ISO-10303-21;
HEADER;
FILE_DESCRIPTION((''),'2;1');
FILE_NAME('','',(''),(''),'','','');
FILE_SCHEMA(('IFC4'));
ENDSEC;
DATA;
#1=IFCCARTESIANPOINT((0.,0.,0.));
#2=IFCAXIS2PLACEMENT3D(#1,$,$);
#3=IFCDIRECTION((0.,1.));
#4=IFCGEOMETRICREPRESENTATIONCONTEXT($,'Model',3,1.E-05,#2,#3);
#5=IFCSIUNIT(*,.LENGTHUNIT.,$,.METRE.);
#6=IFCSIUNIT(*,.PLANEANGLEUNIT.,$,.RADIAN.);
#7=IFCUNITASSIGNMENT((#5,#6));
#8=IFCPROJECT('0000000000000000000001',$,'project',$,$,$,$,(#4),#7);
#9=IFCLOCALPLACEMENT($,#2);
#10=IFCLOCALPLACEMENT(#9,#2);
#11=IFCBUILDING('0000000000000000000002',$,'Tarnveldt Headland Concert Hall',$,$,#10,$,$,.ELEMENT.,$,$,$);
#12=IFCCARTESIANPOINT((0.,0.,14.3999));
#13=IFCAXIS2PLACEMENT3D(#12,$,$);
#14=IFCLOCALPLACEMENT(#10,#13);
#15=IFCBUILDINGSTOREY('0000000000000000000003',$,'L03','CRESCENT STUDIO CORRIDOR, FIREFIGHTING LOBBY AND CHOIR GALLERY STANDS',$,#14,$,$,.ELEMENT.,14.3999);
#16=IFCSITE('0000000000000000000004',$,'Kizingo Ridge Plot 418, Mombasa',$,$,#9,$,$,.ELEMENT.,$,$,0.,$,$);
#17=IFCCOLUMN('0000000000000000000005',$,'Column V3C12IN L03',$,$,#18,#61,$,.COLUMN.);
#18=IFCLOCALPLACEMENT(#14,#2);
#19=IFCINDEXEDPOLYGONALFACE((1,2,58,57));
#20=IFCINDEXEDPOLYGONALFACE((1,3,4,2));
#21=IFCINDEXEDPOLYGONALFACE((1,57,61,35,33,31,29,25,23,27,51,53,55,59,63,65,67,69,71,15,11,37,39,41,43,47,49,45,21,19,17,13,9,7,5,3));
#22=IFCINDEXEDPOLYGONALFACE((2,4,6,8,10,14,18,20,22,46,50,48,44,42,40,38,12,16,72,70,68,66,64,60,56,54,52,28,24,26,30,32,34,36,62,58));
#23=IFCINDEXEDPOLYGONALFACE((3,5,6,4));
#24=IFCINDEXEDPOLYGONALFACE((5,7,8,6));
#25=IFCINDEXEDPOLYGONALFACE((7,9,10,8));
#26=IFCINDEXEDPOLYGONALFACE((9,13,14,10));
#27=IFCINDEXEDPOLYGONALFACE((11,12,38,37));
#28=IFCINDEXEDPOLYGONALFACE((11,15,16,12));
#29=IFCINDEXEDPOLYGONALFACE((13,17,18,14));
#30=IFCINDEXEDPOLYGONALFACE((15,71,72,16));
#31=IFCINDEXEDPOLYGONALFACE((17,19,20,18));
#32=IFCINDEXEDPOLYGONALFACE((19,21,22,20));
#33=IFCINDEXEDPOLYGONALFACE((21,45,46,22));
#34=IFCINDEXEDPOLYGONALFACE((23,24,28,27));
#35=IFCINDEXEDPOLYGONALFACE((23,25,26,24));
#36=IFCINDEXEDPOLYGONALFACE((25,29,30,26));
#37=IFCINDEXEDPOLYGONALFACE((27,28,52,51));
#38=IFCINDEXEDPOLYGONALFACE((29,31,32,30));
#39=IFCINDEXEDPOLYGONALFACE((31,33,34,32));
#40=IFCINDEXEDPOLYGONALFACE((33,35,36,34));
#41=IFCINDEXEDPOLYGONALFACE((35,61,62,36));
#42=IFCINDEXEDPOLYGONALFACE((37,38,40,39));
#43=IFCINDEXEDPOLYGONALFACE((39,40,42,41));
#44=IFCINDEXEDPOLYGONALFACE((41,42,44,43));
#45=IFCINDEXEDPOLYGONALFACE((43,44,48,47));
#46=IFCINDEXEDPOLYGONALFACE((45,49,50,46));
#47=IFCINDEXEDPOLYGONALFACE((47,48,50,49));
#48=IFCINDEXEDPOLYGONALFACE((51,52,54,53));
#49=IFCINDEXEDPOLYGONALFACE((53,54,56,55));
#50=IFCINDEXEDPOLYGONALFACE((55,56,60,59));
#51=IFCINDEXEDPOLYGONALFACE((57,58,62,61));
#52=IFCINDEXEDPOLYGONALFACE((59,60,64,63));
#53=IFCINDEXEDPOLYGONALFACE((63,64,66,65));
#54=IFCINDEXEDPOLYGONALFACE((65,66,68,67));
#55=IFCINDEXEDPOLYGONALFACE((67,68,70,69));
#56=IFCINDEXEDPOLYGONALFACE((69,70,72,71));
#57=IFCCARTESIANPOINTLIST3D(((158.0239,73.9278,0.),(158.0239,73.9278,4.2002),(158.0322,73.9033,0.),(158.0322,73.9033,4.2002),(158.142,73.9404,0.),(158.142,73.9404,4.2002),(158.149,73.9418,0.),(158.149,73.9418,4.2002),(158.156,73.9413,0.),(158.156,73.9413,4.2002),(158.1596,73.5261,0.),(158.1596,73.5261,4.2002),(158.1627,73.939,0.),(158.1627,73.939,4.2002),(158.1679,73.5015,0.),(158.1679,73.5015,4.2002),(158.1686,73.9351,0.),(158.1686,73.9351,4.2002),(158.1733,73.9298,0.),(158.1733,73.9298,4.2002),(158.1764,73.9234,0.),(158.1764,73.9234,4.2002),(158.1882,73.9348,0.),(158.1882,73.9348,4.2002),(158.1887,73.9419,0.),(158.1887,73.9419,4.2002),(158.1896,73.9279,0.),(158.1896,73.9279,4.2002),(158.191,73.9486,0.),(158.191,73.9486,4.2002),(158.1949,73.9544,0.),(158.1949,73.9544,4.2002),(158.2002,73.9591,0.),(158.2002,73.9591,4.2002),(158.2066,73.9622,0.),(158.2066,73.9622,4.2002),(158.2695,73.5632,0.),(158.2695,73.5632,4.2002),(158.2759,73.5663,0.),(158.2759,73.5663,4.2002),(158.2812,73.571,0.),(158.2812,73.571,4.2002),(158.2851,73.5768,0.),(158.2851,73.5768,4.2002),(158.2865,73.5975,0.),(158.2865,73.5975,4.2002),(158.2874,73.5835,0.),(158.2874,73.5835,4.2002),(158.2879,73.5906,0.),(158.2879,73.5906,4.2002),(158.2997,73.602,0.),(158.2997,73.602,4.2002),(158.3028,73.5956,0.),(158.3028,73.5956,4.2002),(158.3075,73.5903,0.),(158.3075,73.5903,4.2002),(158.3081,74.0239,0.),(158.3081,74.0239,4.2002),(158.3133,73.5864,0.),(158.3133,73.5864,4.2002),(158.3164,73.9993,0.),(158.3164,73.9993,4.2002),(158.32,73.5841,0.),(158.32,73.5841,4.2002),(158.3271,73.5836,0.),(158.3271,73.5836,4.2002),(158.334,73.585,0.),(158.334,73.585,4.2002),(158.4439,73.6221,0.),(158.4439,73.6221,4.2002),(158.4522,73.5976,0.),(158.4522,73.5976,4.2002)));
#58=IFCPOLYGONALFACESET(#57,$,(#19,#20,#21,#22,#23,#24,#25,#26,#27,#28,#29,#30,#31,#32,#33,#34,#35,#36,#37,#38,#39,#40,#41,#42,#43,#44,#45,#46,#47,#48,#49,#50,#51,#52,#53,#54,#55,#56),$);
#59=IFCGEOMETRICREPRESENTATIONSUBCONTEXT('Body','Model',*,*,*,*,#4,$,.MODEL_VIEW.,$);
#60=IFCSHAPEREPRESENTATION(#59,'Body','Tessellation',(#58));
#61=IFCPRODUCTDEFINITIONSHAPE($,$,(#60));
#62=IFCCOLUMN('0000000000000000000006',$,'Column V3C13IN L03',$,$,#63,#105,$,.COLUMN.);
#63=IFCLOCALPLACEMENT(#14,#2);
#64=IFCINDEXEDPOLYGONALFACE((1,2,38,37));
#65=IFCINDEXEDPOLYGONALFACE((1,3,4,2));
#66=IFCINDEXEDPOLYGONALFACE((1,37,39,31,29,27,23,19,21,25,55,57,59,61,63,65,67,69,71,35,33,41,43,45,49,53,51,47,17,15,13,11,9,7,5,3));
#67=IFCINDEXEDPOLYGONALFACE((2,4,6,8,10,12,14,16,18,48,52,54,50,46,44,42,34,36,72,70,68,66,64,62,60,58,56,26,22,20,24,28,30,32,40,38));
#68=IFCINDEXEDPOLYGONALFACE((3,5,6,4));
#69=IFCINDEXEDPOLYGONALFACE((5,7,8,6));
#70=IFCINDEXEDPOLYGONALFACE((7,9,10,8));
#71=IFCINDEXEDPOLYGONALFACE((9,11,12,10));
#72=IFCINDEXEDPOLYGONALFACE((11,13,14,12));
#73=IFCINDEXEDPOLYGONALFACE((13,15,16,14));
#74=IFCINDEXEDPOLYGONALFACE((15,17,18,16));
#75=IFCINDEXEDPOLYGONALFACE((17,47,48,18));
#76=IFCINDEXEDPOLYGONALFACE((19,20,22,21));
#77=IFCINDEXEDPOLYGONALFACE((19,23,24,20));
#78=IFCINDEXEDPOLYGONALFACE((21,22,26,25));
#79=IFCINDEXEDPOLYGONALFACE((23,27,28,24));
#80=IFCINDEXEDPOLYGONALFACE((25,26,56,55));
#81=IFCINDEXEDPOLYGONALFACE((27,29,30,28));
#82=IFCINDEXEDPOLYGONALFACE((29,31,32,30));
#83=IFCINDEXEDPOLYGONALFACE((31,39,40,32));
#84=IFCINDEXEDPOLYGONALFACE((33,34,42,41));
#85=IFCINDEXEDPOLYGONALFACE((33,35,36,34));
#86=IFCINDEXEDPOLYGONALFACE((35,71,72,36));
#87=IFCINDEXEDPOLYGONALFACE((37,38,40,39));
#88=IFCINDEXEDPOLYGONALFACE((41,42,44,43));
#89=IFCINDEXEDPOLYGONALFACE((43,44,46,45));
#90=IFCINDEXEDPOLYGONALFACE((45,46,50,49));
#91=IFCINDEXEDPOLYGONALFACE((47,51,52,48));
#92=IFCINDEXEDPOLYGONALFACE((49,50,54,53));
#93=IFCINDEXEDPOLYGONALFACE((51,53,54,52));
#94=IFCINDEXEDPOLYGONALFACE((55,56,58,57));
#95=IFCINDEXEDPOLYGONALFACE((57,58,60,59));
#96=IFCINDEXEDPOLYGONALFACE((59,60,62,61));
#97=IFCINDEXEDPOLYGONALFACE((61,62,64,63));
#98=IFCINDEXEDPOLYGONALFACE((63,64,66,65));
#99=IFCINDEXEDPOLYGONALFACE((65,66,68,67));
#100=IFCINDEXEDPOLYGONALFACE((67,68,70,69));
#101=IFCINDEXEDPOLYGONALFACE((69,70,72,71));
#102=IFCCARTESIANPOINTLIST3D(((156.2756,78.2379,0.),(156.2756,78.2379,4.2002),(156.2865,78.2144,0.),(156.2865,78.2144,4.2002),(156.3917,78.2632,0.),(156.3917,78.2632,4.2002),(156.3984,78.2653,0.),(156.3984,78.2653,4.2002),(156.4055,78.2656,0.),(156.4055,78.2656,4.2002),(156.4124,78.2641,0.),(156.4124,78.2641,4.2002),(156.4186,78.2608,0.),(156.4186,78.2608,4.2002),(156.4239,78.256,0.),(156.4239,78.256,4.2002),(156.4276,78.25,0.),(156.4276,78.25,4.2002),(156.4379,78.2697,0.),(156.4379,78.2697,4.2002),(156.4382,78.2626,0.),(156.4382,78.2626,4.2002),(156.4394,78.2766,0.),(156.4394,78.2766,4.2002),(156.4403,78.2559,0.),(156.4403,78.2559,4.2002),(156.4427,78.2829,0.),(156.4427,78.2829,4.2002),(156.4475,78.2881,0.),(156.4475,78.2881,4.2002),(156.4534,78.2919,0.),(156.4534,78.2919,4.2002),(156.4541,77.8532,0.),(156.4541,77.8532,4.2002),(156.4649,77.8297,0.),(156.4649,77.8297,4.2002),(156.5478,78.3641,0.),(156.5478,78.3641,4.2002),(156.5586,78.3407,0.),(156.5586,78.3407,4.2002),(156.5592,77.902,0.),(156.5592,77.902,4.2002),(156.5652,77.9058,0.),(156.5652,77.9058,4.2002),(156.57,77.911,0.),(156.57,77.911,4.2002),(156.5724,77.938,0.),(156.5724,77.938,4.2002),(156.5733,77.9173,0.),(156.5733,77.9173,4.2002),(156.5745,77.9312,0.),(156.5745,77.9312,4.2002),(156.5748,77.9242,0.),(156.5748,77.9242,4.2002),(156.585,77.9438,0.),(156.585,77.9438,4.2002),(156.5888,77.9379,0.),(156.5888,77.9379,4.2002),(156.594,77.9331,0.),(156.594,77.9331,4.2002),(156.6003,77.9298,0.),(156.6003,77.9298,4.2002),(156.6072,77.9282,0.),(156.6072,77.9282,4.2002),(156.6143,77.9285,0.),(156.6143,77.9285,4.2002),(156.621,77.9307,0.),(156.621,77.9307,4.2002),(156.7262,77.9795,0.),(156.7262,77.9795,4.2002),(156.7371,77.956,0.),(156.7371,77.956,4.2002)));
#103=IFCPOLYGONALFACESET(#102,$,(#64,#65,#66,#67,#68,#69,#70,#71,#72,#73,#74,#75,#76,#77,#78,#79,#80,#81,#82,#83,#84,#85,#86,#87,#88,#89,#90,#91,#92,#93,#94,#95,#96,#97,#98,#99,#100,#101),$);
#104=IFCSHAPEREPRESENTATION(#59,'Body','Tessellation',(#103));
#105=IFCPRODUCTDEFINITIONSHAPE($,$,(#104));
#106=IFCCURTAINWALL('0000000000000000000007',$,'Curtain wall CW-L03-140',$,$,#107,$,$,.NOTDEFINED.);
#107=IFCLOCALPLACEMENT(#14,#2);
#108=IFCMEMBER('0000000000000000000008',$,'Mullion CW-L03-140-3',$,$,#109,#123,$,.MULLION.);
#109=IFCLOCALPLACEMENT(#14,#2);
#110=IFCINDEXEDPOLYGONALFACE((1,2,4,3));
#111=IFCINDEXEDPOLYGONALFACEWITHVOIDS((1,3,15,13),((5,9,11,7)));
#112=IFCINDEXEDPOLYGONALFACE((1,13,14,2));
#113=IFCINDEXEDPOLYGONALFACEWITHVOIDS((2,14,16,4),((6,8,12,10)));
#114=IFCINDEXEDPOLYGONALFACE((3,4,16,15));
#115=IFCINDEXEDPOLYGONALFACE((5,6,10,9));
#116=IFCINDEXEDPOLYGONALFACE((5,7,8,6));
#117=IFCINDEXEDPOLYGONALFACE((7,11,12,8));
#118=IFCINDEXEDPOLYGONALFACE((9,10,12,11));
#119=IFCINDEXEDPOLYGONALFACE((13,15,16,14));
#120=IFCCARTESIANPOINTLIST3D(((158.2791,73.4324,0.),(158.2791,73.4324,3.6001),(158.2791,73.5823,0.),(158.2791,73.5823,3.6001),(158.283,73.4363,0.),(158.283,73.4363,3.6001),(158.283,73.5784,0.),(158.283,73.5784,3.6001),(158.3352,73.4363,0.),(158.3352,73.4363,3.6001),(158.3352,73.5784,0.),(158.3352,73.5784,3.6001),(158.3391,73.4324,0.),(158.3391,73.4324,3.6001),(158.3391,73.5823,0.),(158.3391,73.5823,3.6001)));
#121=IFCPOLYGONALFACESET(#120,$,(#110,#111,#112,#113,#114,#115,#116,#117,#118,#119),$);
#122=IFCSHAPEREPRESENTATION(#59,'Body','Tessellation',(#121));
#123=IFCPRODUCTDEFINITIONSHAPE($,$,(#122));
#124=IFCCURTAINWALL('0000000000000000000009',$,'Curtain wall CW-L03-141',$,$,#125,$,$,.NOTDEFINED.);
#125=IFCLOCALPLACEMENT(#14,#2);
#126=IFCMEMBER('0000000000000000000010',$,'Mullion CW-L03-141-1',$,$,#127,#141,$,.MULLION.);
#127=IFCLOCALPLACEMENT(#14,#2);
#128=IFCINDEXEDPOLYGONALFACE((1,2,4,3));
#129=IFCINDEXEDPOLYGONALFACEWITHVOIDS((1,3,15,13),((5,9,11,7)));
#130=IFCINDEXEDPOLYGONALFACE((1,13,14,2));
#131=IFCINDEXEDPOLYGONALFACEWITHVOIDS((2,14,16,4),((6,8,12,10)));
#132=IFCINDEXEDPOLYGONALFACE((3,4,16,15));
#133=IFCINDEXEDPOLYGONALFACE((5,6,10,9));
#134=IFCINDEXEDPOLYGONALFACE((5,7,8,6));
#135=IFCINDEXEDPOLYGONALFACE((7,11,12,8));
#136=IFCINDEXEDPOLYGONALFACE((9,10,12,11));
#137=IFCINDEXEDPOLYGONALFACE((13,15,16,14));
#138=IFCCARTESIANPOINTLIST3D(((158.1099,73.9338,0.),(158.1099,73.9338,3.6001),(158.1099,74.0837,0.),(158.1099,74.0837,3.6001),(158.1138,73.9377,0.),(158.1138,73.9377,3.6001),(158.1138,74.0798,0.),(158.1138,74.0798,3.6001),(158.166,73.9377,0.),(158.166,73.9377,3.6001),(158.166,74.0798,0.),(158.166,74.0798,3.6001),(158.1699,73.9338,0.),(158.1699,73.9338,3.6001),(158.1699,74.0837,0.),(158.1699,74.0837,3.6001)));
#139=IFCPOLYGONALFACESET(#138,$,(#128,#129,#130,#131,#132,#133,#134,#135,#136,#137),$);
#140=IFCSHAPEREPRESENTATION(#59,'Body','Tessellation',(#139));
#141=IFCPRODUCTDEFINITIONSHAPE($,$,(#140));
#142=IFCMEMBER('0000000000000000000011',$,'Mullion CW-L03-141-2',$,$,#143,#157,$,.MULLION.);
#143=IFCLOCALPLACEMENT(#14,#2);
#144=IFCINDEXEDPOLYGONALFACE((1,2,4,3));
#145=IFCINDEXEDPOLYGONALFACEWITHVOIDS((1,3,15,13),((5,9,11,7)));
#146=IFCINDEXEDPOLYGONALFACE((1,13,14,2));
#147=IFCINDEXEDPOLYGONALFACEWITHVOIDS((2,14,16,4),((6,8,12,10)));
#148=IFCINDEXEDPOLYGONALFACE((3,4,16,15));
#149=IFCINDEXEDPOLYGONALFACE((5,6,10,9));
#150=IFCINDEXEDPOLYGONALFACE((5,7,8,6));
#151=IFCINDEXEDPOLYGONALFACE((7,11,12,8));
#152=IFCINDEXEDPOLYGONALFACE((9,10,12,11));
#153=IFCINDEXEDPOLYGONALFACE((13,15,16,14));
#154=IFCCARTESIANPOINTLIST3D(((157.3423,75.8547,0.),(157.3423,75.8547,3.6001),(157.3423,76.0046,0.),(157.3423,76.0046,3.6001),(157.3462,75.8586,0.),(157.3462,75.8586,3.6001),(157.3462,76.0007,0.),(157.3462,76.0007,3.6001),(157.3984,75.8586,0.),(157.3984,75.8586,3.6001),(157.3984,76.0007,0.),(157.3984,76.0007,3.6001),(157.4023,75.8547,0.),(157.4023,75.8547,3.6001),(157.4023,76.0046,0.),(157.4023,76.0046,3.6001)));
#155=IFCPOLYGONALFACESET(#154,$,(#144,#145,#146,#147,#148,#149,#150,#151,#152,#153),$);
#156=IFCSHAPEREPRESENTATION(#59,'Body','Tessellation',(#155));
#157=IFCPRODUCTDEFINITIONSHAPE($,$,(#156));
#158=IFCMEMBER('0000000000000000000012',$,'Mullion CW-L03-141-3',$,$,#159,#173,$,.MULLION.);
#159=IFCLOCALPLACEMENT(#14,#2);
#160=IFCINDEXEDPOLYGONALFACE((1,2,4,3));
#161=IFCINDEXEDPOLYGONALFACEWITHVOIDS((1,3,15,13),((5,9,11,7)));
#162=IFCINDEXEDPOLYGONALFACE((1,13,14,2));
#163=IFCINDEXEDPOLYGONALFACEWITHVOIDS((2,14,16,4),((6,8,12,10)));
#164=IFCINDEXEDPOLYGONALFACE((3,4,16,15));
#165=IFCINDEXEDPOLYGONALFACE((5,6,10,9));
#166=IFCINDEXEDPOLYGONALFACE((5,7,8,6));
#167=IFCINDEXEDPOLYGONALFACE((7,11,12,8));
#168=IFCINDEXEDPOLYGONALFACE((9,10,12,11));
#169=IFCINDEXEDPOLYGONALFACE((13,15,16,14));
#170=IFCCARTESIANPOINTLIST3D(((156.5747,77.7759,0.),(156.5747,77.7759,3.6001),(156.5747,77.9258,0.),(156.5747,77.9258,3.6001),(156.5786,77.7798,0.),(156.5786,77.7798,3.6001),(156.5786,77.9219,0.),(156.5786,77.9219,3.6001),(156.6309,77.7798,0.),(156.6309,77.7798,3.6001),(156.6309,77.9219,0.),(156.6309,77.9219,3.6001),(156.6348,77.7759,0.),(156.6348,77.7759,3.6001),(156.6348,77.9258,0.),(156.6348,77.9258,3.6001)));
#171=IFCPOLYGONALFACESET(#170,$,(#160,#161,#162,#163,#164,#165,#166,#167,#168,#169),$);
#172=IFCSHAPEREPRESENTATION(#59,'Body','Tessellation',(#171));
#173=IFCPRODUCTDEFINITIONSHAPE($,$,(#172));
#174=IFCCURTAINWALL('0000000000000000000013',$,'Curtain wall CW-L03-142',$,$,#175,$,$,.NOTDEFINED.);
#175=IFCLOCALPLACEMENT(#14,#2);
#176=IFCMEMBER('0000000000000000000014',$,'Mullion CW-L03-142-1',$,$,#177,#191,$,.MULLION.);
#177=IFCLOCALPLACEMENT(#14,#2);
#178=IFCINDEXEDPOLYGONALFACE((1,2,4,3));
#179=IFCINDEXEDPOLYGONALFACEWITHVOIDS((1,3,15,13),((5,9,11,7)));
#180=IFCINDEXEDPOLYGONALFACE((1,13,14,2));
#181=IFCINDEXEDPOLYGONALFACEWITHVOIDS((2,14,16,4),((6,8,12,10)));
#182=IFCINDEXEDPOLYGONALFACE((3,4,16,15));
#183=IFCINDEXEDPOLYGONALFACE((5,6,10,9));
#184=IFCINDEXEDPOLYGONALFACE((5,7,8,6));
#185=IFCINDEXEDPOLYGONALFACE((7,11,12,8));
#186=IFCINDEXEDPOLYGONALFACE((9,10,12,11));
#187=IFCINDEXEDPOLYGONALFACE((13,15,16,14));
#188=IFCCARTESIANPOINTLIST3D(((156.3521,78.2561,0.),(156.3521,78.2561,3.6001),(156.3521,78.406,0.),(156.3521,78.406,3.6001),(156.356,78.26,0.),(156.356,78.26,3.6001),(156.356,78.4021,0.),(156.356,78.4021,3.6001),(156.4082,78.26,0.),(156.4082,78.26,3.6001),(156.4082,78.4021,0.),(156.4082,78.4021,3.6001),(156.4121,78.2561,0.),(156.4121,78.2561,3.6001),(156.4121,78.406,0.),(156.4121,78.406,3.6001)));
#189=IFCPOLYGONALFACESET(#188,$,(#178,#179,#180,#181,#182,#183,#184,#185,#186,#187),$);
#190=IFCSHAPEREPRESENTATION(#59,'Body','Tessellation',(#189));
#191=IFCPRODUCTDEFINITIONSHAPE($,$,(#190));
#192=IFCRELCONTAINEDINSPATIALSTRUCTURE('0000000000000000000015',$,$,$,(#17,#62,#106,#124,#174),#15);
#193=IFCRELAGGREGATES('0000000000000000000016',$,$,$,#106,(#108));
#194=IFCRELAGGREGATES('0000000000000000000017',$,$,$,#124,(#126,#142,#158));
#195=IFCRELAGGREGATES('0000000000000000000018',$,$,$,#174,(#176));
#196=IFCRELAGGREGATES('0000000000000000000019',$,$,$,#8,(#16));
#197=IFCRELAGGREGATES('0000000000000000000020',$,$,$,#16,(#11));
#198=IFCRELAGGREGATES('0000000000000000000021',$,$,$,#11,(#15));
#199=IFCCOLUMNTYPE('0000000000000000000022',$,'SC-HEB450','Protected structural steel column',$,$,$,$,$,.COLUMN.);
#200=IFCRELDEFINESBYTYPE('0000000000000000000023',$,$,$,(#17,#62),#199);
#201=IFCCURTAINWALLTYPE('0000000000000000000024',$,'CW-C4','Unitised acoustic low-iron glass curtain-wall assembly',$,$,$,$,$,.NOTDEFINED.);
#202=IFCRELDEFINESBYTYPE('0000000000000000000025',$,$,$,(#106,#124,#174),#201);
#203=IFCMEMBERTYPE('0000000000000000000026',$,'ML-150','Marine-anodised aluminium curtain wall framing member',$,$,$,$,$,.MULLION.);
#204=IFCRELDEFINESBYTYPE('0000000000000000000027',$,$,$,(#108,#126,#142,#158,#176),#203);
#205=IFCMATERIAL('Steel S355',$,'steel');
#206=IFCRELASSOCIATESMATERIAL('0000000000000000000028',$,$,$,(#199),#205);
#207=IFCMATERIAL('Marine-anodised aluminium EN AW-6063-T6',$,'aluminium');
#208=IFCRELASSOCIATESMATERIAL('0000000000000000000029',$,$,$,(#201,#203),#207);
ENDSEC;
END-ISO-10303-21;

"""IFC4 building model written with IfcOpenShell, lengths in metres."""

from ifc_helpers import new_model, si_unit, direction, frame, origin, origin_2d, place, context, subcontext, project, spatial, hollow_rectangle, i_section, extrude, material, material_profile, profile_set, type_object, element, aggregate, save


model = new_model("IFC4")

# Units and contexts
model_context = context("Model", 3, precision=1e-05, world=origin(), true_north=direction((0.0, 1.0)))
body_context = subcontext(model_context, "Body", "Model", "MODEL_VIEW")
ifc_project = project(units=[si_unit("LENGTHUNIT", "METRE"), si_unit("PLANEANGLEUNIT", "RADIAN")], contexts=[model_context])

# Site, building, storey
site_placement = place(None, origin())
site = spatial("IfcSite", under=ifc_project, at=site_placement, Name="Kizingo Ridge Plot 418, Mombasa", CompositionType="ELEMENT", RefElevation=0.0)
building_placement = place(site_placement, origin())
building = spatial("IfcBuilding", under=site, at=building_placement, Name="Tarnveldt Headland Concert Hall", CompositionType="ELEMENT")
storey_placement = place(building_placement, frame((0.0, 0.0, 14.3999)))
storey = spatial("IfcBuildingStorey", under=building, at=storey_placement, Name="L03", Description="CRESCENT STUDIO CORRIDOR, FIREFIGHTING LOBBY AND CHOIR GALLERY STANDS", CompositionType="ELEMENT", Elevation=14.3999)

# Columns
ifc_material_1 = material(Name="Steel S355", Category="steel")
ifc_material_profile_1 = material_profile(ifc_material_1, i_section(OverallWidth=0.3, OverallDepth=0.45, WebThickness=0.0139, FlangeThickness=0.0259, FilletRadius=0.0271, at=origin_2d()), Name="HEB450", Category="steel")
ifc_profile_set_1 = profile_set([ifc_material_profile_1], Name="Steel S355")
column_type = type_object("IfcColumnType", Name="SC-HEB450", Description="Protected structural steel column", PredefinedType="COLUMN", material=ifc_profile_set_1)
for number, where, z_axis, x_axis, name in (
    (1, (158.238, 73.7627, 0.0), (0.0, 0.0, 1.0), (0.947378, 0.320117, 0.0), "Column V3C12IN L03"),
    (2, (156.5063, 78.0969, 0.0), (0.0, 0.0, 1.0), (0.907117, 0.420877, 0.0), "Column V3C13IN L03"),
):
    element("IfcColumn", number, at=place(storey_placement, frame(where, z_axis=z_axis, x_axis=x_axis)), inside=storey, type_object=column_type, Name=name, PredefinedType="COLUMN", context=body_context, shape_type="SweptSolid", body=[
        extrude(i_section(OverallWidth=0.3, OverallDepth=0.45, WebThickness=0.0139, FlangeThickness=0.0259, FilletRadius=0.0271, at=origin_2d()), origin(), (0.0, 0.0, 1.0), 4.2002),
    ])

# Curtain wall, member
ifc_material_2 = material(Name="Marine-anodised aluminium EN AW-6063-T6", Category="aluminium")
curtain_wall_type = type_object("IfcCurtainWallType", Name="CW-C4", Description="Unitised acoustic low-iron glass curtain-wall assembly", PredefinedType="NOTDEFINED", material=ifc_material_2)
curtain_wall_1_placement = place(storey_placement, origin())
curtain_wall_1 = element("IfcCurtainWall", 3, at=curtain_wall_1_placement, inside=storey, type_object=curtain_wall_type, Name="Curtain wall CW-L03-140", PredefinedType="NOTDEFINED")
ifc_material_profile_2 = material_profile(ifc_material_2, hollow_rectangle(XDim=0.0601, YDim=0.1499, WallThickness=0.0039, at=origin_2d()), Name="ALU MULLION 60x150x4", Category="aluminium")
ifc_profile_set_2 = profile_set([ifc_material_profile_2], Name="Marine-anodised aluminium EN AW-6063-T6")
member_type_1 = type_object("IfcMemberType", Name="ML-150", Description="Marine-anodised aluminium curtain wall framing member", PredefinedType="MULLION", material=ifc_profile_set_2)
member_1_placement = place(storey_placement, frame((158.3091, 73.5073, 0.0), z_axis=(0.0, 0.0, 1.0), x_axis=(1.0, 0.0, 0.0)))
member_1 = element("IfcMember", 4, at=member_1_placement, type_object=member_type_1, Name="Mullion CW-L03-140-3", PredefinedType="MULLION", context=body_context, shape_type="SweptSolid", body=[
    extrude(hollow_rectangle(XDim=0.0601, YDim=0.1499, WallThickness=0.0039, at=origin_2d()), origin(), (0.0, 0.0, 1.0), 3.6001),
])

# Curtain wall, members
curtain_wall_2_placement = place(storey_placement, origin())
curtain_wall_2 = element("IfcCurtainWall", 5, at=curtain_wall_2_placement, inside=storey, type_object=curtain_wall_type, Name="Curtain wall CW-L03-141", PredefinedType="NOTDEFINED")
member_2_placement = place(storey_placement, frame((158.1399, 74.0088, 0.0), z_axis=(0.0, 0.0, 1.0), x_axis=(1.0, 0.0, 0.0)))
member_2 = element("IfcMember", 6, at=member_2_placement, type_object=member_type_1, Name="Mullion CW-L03-141-1", PredefinedType="MULLION", context=body_context, shape_type="SweptSolid", body=[
    extrude(hollow_rectangle(XDim=0.0601, YDim=0.1499, WallThickness=0.0039, at=origin_2d()), origin(), (0.0, 0.0, 1.0), 3.6001),
])
member_3_placement = place(storey_placement, frame((157.3723, 75.9297, 0.0), z_axis=(0.0, 0.0, 1.0), x_axis=(1.0, 0.0, 0.0)))
member_3 = element("IfcMember", 7, at=member_3_placement, type_object=member_type_1, Name="Mullion CW-L03-141-2", PredefinedType="MULLION", context=body_context, shape_type="SweptSolid", body=[
    extrude(hollow_rectangle(XDim=0.0601, YDim=0.1499, WallThickness=0.0039, at=origin_2d()), origin(), (0.0, 0.0, 1.0), 3.6001),
])
member_4_placement = place(storey_placement, frame((156.6047, 77.8508, 0.0), z_axis=(0.0, 0.0, 1.0), x_axis=(1.0, 0.0, 0.0)))
member_4 = element("IfcMember", 8, at=member_4_placement, type_object=member_type_1, Name="Mullion CW-L03-141-3", PredefinedType="MULLION", context=body_context, shape_type="SweptSolid", body=[
    extrude(hollow_rectangle(XDim=0.0601, YDim=0.1499, WallThickness=0.0039, at=origin_2d()), origin(), (0.0, 0.0, 1.0), 3.6001),
])

# Curtain wall, member
curtain_wall_3_placement = place(storey_placement, origin())
curtain_wall_3 = element("IfcCurtainWall", 9, at=curtain_wall_3_placement, inside=storey, type_object=curtain_wall_type, Name="Curtain wall CW-L03-142", PredefinedType="NOTDEFINED")
member_5_placement = place(storey_placement, frame((156.3821, 78.3311, 0.0), z_axis=(0.0, 0.0, 1.0), x_axis=(1.0, 0.0, 0.0)))
member_5 = element("IfcMember", 10, at=member_5_placement, type_object=member_type_1, Name="Mullion CW-L03-142-1", PredefinedType="MULLION", context=body_context, shape_type="SweptSolid", body=[
    extrude(hollow_rectangle(XDim=0.0601, YDim=0.1499, WallThickness=0.0039, at=origin_2d()), origin(), (0.0, 0.0, 1.0), 3.6001),
])

aggregate(curtain_wall_1, [member_1])
aggregate(curtain_wall_2, [member_2, member_3, member_4])
aggregate(curtain_wall_3, [member_5])

save(model, "model.ifc")
